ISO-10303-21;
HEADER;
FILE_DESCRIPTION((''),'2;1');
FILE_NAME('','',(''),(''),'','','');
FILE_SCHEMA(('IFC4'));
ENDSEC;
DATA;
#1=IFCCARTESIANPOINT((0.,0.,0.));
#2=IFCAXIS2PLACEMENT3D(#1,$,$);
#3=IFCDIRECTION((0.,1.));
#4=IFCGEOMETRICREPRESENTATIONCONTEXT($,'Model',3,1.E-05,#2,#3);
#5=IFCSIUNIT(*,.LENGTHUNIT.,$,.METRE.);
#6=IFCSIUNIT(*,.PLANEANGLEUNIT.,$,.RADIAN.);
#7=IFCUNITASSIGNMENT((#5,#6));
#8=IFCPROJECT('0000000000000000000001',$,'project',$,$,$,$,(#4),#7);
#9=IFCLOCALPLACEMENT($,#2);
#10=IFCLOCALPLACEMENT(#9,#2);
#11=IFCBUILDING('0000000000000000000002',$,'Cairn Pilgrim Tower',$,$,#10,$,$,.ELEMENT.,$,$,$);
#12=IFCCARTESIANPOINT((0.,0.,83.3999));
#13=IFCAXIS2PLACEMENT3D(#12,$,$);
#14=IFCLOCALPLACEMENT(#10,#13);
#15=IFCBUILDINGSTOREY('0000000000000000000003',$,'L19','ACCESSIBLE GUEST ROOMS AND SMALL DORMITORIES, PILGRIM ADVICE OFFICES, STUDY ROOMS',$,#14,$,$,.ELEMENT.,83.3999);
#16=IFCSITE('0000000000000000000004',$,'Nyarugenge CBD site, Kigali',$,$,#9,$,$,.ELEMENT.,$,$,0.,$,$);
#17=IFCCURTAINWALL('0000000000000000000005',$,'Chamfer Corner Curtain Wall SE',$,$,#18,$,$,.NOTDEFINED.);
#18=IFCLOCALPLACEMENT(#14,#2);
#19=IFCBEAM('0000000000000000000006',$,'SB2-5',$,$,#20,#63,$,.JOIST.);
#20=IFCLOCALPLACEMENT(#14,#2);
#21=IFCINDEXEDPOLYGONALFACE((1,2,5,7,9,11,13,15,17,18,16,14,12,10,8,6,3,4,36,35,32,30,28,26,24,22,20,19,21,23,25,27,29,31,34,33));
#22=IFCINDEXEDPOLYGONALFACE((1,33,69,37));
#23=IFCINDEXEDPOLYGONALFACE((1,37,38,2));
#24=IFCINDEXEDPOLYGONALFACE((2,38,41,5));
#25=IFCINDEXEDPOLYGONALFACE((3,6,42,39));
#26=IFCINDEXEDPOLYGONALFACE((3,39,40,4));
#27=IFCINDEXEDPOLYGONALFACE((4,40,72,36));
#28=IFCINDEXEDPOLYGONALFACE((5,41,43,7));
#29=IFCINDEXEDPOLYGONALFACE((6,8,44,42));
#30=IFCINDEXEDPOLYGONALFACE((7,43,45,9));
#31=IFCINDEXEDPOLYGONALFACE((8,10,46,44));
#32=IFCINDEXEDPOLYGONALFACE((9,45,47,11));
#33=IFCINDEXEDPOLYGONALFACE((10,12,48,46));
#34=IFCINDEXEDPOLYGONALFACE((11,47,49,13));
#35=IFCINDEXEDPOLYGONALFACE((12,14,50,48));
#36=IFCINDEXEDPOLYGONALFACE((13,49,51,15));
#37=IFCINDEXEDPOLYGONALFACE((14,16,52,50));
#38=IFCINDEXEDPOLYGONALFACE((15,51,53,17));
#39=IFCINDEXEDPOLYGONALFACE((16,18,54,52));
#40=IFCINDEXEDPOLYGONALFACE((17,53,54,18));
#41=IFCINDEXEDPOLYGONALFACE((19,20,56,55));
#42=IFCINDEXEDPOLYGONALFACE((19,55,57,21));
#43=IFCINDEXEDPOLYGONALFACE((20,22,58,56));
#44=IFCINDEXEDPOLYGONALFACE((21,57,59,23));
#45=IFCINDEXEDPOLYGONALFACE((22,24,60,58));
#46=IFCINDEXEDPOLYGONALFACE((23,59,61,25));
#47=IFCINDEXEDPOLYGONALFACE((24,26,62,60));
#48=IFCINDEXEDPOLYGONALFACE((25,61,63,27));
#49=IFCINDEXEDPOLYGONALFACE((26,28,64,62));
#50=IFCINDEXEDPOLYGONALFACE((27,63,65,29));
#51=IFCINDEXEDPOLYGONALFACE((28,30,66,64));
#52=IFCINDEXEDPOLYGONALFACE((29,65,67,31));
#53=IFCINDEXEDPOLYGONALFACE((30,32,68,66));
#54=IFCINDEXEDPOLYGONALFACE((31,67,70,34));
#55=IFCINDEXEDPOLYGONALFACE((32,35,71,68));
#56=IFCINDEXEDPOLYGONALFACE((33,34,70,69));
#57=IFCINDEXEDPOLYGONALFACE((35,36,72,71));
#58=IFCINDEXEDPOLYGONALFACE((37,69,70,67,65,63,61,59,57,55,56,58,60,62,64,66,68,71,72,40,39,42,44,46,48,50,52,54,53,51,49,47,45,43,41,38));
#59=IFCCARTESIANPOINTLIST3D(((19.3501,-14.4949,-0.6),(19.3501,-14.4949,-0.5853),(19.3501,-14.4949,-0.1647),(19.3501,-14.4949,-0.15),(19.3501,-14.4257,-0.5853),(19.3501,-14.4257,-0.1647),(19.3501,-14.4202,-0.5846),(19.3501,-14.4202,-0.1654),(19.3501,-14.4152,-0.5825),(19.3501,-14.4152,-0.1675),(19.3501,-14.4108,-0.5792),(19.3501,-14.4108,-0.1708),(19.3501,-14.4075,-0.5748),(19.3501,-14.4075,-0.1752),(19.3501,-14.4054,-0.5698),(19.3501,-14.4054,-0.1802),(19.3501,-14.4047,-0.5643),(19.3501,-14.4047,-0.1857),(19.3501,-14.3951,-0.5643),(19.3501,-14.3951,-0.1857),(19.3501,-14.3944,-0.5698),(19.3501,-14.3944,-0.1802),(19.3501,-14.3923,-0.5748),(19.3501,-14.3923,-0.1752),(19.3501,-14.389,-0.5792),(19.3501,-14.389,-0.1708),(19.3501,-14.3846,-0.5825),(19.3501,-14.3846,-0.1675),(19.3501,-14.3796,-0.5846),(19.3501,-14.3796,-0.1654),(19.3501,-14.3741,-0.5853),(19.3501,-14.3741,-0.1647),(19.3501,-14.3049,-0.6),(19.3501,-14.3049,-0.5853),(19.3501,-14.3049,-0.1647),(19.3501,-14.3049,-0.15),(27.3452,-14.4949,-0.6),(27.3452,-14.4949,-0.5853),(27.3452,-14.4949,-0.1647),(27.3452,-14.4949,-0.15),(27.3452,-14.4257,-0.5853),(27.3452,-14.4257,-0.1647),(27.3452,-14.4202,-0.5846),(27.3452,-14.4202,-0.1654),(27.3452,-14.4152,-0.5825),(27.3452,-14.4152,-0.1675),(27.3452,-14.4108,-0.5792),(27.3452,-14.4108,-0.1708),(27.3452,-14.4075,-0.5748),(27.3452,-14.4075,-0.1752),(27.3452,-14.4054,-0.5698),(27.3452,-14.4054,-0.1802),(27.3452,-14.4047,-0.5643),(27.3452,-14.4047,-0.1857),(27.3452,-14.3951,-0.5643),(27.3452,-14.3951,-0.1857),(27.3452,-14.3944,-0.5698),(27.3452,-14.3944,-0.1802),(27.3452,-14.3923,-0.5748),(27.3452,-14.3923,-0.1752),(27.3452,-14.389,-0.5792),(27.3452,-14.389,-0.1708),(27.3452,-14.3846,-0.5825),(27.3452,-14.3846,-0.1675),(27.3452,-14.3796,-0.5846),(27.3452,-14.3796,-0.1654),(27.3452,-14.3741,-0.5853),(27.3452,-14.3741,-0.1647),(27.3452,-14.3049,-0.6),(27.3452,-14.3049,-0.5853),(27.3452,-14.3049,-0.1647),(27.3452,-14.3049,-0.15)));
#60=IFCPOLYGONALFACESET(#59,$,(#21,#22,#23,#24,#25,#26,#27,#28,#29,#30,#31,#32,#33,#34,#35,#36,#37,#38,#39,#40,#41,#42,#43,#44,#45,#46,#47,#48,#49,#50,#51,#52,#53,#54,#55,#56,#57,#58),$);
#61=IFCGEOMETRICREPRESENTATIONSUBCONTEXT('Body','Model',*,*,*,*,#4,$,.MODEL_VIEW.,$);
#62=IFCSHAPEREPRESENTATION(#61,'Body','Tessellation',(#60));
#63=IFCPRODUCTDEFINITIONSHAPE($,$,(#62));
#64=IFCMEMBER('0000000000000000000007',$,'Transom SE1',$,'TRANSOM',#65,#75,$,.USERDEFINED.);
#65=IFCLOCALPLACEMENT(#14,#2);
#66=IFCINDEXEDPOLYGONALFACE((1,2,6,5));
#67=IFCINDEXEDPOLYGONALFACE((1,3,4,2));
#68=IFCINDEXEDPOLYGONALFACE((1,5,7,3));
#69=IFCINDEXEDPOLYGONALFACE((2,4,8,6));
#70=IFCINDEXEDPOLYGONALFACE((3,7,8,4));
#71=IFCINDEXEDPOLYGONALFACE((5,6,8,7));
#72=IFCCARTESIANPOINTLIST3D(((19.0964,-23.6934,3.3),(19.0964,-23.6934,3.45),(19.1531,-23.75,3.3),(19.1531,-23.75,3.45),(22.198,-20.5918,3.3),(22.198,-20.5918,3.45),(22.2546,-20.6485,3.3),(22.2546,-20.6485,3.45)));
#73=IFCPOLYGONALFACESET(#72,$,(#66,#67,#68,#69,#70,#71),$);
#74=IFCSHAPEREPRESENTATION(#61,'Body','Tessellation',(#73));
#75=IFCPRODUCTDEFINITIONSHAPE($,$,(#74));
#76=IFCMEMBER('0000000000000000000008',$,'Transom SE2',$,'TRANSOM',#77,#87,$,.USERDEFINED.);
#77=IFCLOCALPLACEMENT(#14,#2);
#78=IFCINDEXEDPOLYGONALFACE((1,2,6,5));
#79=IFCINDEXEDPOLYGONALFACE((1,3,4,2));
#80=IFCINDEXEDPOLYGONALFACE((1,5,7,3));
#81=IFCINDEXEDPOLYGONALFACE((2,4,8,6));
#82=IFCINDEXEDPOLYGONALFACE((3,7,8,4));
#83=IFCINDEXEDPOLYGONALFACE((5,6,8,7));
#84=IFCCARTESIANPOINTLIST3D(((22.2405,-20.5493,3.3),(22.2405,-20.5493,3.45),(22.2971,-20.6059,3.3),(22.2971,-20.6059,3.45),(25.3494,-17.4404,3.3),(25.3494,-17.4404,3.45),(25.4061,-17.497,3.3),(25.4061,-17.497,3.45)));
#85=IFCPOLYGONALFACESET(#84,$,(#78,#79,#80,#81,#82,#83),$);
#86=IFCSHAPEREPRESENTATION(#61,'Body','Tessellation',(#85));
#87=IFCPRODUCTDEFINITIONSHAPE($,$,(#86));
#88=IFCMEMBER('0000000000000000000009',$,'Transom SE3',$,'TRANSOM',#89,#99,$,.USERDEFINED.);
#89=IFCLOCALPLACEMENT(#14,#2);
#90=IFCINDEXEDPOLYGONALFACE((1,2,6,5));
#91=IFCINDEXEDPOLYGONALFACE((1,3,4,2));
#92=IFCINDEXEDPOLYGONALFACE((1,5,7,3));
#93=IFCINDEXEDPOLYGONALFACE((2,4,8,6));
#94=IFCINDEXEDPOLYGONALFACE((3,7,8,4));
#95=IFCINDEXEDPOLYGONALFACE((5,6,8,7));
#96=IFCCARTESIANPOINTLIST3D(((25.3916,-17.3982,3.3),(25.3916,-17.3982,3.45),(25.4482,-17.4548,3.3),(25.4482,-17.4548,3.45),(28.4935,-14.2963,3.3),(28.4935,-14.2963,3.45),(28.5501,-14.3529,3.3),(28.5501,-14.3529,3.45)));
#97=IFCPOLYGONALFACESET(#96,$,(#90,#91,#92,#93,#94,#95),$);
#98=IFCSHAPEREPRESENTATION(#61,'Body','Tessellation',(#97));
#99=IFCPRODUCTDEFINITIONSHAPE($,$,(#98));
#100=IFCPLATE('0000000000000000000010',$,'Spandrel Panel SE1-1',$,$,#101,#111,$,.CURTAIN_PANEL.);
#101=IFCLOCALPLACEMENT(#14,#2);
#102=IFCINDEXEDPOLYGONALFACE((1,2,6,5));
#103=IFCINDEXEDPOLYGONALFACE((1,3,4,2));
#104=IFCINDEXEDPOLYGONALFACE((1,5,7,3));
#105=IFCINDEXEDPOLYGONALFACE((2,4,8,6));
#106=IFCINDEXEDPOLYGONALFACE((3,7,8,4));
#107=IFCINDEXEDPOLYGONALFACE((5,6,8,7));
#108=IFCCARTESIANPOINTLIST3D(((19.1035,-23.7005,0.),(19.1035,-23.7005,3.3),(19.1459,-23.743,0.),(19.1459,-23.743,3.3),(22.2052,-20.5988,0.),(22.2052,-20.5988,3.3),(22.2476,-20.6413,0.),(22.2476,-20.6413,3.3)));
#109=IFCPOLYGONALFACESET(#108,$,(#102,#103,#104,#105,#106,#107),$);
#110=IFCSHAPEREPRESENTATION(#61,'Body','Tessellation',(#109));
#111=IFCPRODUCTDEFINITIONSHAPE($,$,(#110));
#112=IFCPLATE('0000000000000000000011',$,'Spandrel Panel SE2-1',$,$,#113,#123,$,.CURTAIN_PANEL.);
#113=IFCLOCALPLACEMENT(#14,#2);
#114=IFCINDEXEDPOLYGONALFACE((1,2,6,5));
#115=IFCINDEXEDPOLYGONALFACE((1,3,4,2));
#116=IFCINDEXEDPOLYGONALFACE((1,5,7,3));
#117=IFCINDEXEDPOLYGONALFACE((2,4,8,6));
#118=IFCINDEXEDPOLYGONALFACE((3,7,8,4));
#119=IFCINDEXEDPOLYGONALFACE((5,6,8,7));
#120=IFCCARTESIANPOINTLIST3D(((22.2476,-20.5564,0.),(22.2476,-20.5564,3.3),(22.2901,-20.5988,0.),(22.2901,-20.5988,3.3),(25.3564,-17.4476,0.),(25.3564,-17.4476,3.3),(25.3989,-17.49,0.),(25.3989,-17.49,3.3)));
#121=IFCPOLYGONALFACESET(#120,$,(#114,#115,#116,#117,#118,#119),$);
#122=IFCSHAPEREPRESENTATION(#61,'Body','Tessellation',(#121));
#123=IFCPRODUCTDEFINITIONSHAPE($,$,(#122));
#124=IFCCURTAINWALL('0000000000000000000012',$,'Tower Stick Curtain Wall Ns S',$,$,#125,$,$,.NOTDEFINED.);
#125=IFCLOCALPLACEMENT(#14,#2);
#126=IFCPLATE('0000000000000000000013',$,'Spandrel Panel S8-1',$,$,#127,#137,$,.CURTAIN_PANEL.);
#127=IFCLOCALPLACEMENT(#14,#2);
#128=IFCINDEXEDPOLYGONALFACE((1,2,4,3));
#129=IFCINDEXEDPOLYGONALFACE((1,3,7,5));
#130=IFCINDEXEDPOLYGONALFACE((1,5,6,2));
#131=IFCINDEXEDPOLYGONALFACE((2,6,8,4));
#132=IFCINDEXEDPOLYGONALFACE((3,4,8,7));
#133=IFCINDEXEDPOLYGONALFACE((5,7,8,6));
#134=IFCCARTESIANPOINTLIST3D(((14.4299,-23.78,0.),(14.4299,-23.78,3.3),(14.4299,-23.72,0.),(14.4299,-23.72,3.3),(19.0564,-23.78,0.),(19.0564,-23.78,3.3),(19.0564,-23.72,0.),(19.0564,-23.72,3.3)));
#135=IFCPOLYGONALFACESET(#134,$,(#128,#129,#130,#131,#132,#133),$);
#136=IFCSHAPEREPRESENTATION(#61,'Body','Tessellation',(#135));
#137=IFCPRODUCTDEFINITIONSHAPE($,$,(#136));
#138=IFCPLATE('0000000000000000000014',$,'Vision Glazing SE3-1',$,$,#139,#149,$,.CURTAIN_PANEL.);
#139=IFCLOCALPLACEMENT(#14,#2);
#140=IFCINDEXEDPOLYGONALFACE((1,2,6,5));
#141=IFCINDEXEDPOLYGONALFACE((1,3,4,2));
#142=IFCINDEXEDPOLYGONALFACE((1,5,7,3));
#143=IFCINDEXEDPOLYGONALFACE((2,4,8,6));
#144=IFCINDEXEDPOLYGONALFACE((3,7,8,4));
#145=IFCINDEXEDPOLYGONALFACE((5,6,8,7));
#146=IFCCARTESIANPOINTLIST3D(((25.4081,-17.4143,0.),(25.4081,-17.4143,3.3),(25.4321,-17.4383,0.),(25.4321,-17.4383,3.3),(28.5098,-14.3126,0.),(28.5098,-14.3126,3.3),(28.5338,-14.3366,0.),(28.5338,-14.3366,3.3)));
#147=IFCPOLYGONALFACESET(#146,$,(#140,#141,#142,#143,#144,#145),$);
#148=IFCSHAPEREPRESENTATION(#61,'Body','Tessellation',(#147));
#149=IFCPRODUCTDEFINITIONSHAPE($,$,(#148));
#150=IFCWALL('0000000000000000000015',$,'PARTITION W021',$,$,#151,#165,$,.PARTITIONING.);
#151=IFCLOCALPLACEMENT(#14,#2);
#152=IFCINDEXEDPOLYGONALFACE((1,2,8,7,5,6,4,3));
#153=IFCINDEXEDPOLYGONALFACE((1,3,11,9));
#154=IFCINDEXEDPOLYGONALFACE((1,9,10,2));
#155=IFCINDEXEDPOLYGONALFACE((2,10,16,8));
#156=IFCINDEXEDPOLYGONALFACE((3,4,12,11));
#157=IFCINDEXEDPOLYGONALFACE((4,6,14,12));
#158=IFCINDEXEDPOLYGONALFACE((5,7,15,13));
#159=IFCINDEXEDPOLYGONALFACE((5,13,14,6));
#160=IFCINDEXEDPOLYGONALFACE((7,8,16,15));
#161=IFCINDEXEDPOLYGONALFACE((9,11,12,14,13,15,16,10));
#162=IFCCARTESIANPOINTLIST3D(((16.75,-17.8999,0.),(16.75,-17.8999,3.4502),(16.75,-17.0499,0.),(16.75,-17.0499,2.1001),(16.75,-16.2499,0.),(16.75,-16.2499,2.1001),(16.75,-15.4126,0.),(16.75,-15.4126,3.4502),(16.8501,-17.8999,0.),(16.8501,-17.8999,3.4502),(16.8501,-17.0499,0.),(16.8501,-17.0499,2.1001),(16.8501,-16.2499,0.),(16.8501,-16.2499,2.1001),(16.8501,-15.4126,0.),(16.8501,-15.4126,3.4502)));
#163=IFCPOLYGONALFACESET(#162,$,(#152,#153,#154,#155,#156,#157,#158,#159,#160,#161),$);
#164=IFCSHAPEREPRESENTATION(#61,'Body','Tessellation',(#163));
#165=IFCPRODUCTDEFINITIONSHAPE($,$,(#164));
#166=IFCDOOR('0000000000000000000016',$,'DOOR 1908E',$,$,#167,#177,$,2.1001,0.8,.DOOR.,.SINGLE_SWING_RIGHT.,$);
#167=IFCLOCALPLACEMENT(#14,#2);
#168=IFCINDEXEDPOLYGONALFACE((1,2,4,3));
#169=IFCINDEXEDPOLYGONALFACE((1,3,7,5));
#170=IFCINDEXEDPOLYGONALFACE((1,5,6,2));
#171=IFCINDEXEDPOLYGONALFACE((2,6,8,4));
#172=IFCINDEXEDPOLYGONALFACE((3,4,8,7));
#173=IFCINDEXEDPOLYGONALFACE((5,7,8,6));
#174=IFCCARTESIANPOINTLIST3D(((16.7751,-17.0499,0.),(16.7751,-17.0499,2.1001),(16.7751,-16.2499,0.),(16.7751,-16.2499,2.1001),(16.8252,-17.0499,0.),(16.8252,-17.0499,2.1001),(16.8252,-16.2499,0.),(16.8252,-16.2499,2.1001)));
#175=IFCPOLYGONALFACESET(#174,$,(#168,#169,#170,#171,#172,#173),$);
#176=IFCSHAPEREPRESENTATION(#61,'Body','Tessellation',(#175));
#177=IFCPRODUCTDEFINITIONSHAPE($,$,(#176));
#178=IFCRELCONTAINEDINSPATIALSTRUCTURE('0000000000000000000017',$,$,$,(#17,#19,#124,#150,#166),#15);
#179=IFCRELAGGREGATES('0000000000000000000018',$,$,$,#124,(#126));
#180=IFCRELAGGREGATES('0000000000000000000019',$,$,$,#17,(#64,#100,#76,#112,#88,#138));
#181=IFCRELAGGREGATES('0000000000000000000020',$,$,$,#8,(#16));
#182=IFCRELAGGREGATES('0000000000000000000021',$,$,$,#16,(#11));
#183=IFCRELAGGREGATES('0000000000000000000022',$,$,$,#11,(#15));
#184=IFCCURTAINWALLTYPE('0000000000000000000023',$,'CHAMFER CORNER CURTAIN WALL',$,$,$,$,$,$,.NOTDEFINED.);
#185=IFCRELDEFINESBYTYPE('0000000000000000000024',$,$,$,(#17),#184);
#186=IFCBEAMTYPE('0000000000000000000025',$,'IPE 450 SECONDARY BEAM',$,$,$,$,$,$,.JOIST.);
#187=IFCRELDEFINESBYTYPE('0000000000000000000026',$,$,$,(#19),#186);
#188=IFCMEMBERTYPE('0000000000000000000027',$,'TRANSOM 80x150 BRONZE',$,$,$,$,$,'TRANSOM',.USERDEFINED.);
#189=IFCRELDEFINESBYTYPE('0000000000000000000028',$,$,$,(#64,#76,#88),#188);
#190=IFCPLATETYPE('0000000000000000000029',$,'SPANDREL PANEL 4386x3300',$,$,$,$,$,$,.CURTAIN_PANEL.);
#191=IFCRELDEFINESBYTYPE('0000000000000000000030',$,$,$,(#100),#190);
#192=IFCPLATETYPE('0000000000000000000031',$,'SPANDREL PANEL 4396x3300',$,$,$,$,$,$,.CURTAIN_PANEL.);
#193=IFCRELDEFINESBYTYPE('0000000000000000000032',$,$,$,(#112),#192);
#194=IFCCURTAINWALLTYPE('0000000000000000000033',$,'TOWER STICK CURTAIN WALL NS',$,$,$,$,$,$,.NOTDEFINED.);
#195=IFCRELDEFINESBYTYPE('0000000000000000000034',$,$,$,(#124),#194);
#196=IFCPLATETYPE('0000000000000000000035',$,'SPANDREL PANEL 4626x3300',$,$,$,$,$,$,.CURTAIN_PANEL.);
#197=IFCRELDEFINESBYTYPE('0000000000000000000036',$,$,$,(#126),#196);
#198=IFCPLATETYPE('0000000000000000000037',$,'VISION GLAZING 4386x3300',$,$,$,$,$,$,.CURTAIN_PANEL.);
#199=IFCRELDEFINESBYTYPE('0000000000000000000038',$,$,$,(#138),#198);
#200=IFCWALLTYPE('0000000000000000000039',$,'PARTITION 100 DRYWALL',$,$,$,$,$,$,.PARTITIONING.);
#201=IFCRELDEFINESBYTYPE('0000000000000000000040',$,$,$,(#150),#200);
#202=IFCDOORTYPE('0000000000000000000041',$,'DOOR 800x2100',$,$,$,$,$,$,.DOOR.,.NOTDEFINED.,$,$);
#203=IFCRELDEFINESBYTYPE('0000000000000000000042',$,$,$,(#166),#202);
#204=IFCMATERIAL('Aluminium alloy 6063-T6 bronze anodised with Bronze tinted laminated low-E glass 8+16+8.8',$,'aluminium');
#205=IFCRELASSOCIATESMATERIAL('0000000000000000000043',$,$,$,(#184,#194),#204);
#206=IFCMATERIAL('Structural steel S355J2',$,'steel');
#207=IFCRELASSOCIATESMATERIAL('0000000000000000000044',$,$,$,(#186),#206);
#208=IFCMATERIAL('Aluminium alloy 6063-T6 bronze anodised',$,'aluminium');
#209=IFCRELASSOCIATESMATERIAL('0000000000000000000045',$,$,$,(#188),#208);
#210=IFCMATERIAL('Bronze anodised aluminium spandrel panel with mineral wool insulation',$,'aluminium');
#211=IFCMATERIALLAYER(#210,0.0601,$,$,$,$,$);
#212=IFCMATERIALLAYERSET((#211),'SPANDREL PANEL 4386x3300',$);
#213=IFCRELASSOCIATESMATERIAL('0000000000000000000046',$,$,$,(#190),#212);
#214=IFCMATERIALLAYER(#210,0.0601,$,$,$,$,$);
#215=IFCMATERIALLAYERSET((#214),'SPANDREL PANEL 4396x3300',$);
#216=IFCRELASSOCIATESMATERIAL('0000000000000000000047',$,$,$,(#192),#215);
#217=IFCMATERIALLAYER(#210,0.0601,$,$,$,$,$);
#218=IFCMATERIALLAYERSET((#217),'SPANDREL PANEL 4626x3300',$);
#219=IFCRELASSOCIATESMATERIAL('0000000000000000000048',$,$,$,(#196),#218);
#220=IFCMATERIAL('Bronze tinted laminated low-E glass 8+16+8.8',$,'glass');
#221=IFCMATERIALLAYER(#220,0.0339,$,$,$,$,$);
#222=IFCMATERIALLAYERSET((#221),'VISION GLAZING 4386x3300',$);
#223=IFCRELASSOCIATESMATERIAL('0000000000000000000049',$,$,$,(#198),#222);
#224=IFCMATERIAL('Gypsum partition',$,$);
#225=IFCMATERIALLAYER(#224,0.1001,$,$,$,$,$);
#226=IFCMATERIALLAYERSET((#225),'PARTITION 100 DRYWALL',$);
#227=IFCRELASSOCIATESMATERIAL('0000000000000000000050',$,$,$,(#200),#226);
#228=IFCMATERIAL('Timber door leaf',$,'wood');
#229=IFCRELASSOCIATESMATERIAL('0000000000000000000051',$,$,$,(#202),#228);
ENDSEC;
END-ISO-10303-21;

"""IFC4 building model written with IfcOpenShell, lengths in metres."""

from ifc_helpers import new_model, si_unit, direction, frame, frame_2d, origin, origin_2d, place, context, subcontext, project, spatial, rectangle, i_section, extrude, material, layer, layer_set, material_profile, profile_set, type_object, element, fill, aggregate, save


model = new_model("IFC4")

# Units and contexts
model_context = context("Model", 3, precision=1e-05, world=origin(), true_north=direction((0.0, 1.0)))
body_context = subcontext(model_context, "Body", "Model", "MODEL_VIEW")
ifc_project = project(units=[si_unit("LENGTHUNIT", "METRE"), si_unit("PLANEANGLEUNIT", "RADIAN")], contexts=[model_context])

# Site, building, storey
site_placement = place(None, origin())
site = spatial("IfcSite", under=ifc_project, at=site_placement, Name="Nyarugenge CBD site, Kigali", CompositionType="ELEMENT", RefElevation=0.0)
building_placement = place(site_placement, origin())
building = spatial("IfcBuilding", under=site, at=building_placement, Name="Cairn Pilgrim Tower", CompositionType="ELEMENT")
storey_placement = place(building_placement, frame((0.0, 0.0, 83.3999)))
storey = spatial("IfcBuildingStorey", under=building, at=storey_placement, Name="L19", Description="ACCESSIBLE GUEST ROOMS AND SMALL DORMITORIES, PILGRIM ADVICE OFFICES, STUDY ROOMS", CompositionType="ELEMENT", Elevation=83.3999)

# Shared definitions
ifc_material_1 = material(Name="Structural steel S355J2", Category="steel")

# Curtain wall
ifc_material_2 = material(Name="Aluminium alloy 6063-T6 bronze anodised with Bronze tinted laminated low-E glass 8+16+8.8", Category="aluminium")
curtain_wall_type_1 = type_object("IfcCurtainWallType", Name="CHAMFER CORNER CURTAIN WALL", PredefinedType="NOTDEFINED", material=ifc_material_2)
curtain_wall_1_placement = place(storey_placement, origin())
curtain_wall_1 = element("IfcCurtainWall", 1, at=curtain_wall_1_placement, inside=storey, type_object=curtain_wall_type_1, Name="Chamfer Corner Curtain Wall SE", PredefinedType="NOTDEFINED")
ifc_material_3 = material(Name="Aluminium alloy 6063-T6 bronze anodised", Category="aluminium")

# Beam
ifc_material_profile_1 = material_profile(ifc_material_1, i_section(OverallWidth=0.1899, OverallDepth=0.45, WebThickness=0.0095, FlangeThickness=0.0146, FilletRadius=0.021, at=origin_2d()), Name="IPE 450")
ifc_profile_set_1 = profile_set([ifc_material_profile_1], Name="Structural steel S355J2")
beam_type_1 = type_object("IfcBeamType", Name="IPE 450 SECONDARY BEAM", PredefinedType="JOIST", material=ifc_profile_set_1)
beam_1_placement = place(storey_placement, frame((19.3501, -14.3999, -0.375), z_axis=(1.0, 0.0, 0.0), x_axis=(0.0, 1.0, 0.0)))
element("IfcBeam", 2, at=beam_1_placement, inside=storey, type_object=beam_type_1, Name="SB2-5", PredefinedType="JOIST", context=body_context, shape_type="SweptSolid", body=[
    extrude(i_section(OverallWidth=0.1899, OverallDepth=0.45, WebThickness=0.0095, FlangeThickness=0.0146, FilletRadius=0.021, at=origin_2d()), origin(), (0.0, 0.0, 1.0), 7.9951),
])

# Members
ifc_material_profile_2 = material_profile(ifc_material_3, rectangle(XDim=0.0801, YDim=0.1499, at=origin_2d()), Name="TRANSOM 80x150 BRONZE")
ifc_profile_set_2 = profile_set([ifc_material_profile_2], Name="Aluminium alloy 6063-T6 bronze anodised")
member_type_1 = type_object("IfcMemberType", Name="TRANSOM 80x150 BRONZE", ElementType="TRANSOM", PredefinedType="USERDEFINED", material=ifc_profile_set_2)
member_1_placement = place(storey_placement, frame((19.1248, -23.7217, 3.375), z_axis=(0.707107, 0.707107, 0.0), x_axis=(-0.707107, 0.707107, 0.0)))
member_1 = element("IfcMember", 3, at=member_1_placement, type_object=member_type_1, Name="Transom SE1", ObjectType="TRANSOM", PredefinedType="USERDEFINED", context=body_context, shape_type="SweptSolid", body=[
    extrude(rectangle(XDim=0.0801, YDim=0.1499, at=origin_2d()), origin(), (0.0, 0.0, 1.0), 4.3862),
])
member_2_placement = place(storey_placement, frame((22.2688, -20.5776, 3.375), z_axis=(0.707107, 0.707107, 0.0), x_axis=(-0.707107, 0.707107, 0.0)))
member_2 = element("IfcMember", 4, at=member_2_placement, type_object=member_type_1, Name="Transom SE2", ObjectType="TRANSOM", PredefinedType="USERDEFINED", context=body_context, shape_type="SweptSolid", body=[
    extrude(rectangle(XDim=0.0801, YDim=0.1499, at=origin_2d()), origin(), (0.0, 0.0, 1.0), 4.3967),
])
member_3_placement = place(storey_placement, frame((25.4199, -17.4265, 3.375), z_axis=(0.707107, 0.707107, 0.0), x_axis=(-0.707107, 0.707107, 0.0)))
member_3 = element("IfcMember", 5, at=member_3_placement, type_object=member_type_1, Name="Transom SE3", ObjectType="TRANSOM", PredefinedType="USERDEFINED", context=body_context, shape_type="SweptSolid", body=[
    extrude(rectangle(XDim=0.0801, YDim=0.1499, at=origin_2d()), origin(), (0.0, 0.0, 1.0), 4.3867),
])

# Plates
ifc_material_4 = material(Name="Bronze anodised aluminium spandrel panel with mineral wool insulation", Category="aluminium")
ifc_layer_1 = layer(ifc_material_4, 0.0601)
ifc_layer_set_1 = layer_set([ifc_layer_1], Name="SPANDREL PANEL 4386x3300")
plate_type_1 = type_object("IfcPlateType", Name="SPANDREL PANEL 4386x3300", PredefinedType="CURTAIN_PANEL", material=ifc_layer_set_1)
plate_1_placement = place(storey_placement, frame((20.6755, -22.1709, 0.0), z_axis=(0.0, 0.0, 1.0), x_axis=(0.707107, 0.707107, 0.0)))
plate_1 = element("IfcPlate", 6, at=plate_1_placement, type_object=plate_type_1, Name="Spandrel Panel SE1-1", PredefinedType="CURTAIN_PANEL", context=body_context, shape_type="SweptSolid", body=[
    extrude(rectangle(XDim=4.3865, YDim=0.0601, at=origin_2d()), origin(), (0.0, 0.0, 1.0), 3.3),
])
ifc_layer_2 = layer(ifc_material_4, 0.0601)
ifc_layer_set_2 = layer_set([ifc_layer_2], Name="SPANDREL PANEL 4396x3300")
plate_type_2 = type_object("IfcPlateType", Name="SPANDREL PANEL 4396x3300", PredefinedType="CURTAIN_PANEL", material=ifc_layer_set_2)
plate_2_placement = place(storey_placement, frame((23.8232, -19.0232, 0.0), z_axis=(0.0, 0.0, 1.0), x_axis=(0.707107, 0.707107, 0.0)))
plate_2 = element("IfcPlate", 7, at=plate_2_placement, type_object=plate_type_2, Name="Spandrel Panel SE2-1", PredefinedType="CURTAIN_PANEL", context=body_context, shape_type="SweptSolid", body=[
    extrude(rectangle(XDim=4.3965, YDim=0.0601, at=origin_2d()), origin(), (0.0, 0.0, 1.0), 3.3),
])

# Curtain wall, plate
curtain_wall_type_2 = type_object("IfcCurtainWallType", Name="TOWER STICK CURTAIN WALL NS", PredefinedType="NOTDEFINED", material=ifc_material_2)
curtain_wall_2_placement = place(storey_placement, origin())
curtain_wall_2 = element("IfcCurtainWall", 8, at=curtain_wall_2_placement, inside=storey, type_object=curtain_wall_type_2, Name="Tower Stick Curtain Wall Ns S", PredefinedType="NOTDEFINED")
ifc_layer_3 = layer(ifc_material_4, 0.0601)
ifc_layer_set_3 = layer_set([ifc_layer_3], Name="SPANDREL PANEL 4626x3300")
plate_type_3 = type_object("IfcPlateType", Name="SPANDREL PANEL 4626x3300", PredefinedType="CURTAIN_PANEL", material=ifc_layer_set_3)
plate_3_placement = place(storey_placement, frame((16.7432, -23.75, 0.0), z_axis=(0.0, 0.0, 1.0), x_axis=(1.0, 0.0, 0.0)))
plate_3 = element("IfcPlate", 9, at=plate_3_placement, type_object=plate_type_3, Name="Spandrel Panel S8-1", PredefinedType="CURTAIN_PANEL", context=body_context, shape_type="SweptSolid", body=[
    extrude(rectangle(XDim=4.6265, YDim=0.0601, at=origin_2d()), origin(), (0.0, 0.0, 1.0), 3.3),
])
aggregate(curtain_wall_2, [plate_3])

# Plate
ifc_material_5 = material(Name="Bronze tinted laminated low-E glass 8+16+8.8", Category="glass")
ifc_layer_4 = layer(ifc_material_5, 0.0339)
ifc_layer_set_4 = layer_set([ifc_layer_4], Name="VISION GLAZING 4386x3300")
plate_type_4 = type_object("IfcPlateType", Name="VISION GLAZING 4386x3300", PredefinedType="CURTAIN_PANEL", material=ifc_layer_set_4)
plate_4_placement = place(storey_placement, frame((26.9709, -15.8755, 0.0), z_axis=(0.0, 0.0, 1.0), x_axis=(0.707107, 0.707107, 0.0)))
plate_4 = element("IfcPlate", 10, at=plate_4_placement, type_object=plate_type_4, Name="Vision Glazing SE3-1", PredefinedType="CURTAIN_PANEL", context=body_context, shape_type="SweptSolid", body=[
    extrude(rectangle(XDim=4.3865, YDim=0.0339, at=origin_2d()), origin(), (0.0, 0.0, 1.0), 3.3),
])
aggregate(curtain_wall_1, [member_1, plate_1, member_2, plate_2, member_3, plate_4])

# Wall, opening, door
ifc_material_6 = material(Name="Gypsum partition")
ifc_layer_5 = layer(ifc_material_6, 0.1001)
ifc_layer_set_5 = layer_set([ifc_layer_5], Name="PARTITION 100 DRYWALL")
wall_type_1 = type_object("IfcWallType", Name="PARTITION 100 DRYWALL", PredefinedType="PARTITIONING", material=ifc_layer_set_5)
wall_1_placement = place(storey_placement, frame((16.8, -17.8999, 0.0), z_axis=(0.0, 0.0, 1.0), x_axis=(0.0, 1.0, 0.0)))
wall_1 = element("IfcWall", 11, at=wall_1_placement, inside=storey, type_object=wall_type_1, Name="PARTITION W021", PredefinedType="PARTITIONING", context=body_context, shape_type="SweptSolid", body=[
    extrude(rectangle(XDim=2.4873, YDim=0.1001, at=frame_2d((1.2437, 0.0))), origin(), (0.0, 0.0, 1.0), 3.4502),
])
opening_1_placement = place(wall_1_placement, frame((0.8501, 0.0, 0.0)))
opening_1 = element("IfcOpeningElement", 12, at=opening_1_placement, cuts=wall_1, PredefinedType="OPENING", context=body_context, shape_type="SweptSolid", body=[
    extrude(rectangle(XDim=0.8, YDim=2.1001, at=frame_2d((0.3999, 1.05))), frame((0.0, 0.0601, 0.0), z_axis=(0.0, -1.0, 0.0), x_axis=(1.0, 0.0, 0.0)), (0.0, 0.0, 1.0), 0.1201),
])
ifc_material_7 = material(Name="Timber door leaf", Category="wood")
door_type_1 = type_object("IfcDoorType", Name="DOOR 800x2100", OperationType="NOTDEFINED", PredefinedType="DOOR", material=ifc_material_7)
door_1_placement = place(opening_1_placement, origin())
door_1 = element("IfcDoor", 13, at=door_1_placement, inside=storey, type_object=door_type_1, Name="DOOR 1908E", OperationType="SINGLE_SWING_RIGHT", OverallHeight=2.1001, OverallWidth=0.8, PredefinedType="DOOR", context=body_context, shape_type="SweptSolid", body=[
    extrude(rectangle(XDim=0.8, YDim=2.1001, at=frame_2d((0.3999, 1.05))), frame((0.0, 0.0249, 0.0), z_axis=(0.0, -1.0, 0.0), x_axis=(1.0, 0.0, 0.0)), (0.0, 0.0, 1.0), 0.05),
])
fill(opening_1, door_1)

save(model, "model.ifc")
